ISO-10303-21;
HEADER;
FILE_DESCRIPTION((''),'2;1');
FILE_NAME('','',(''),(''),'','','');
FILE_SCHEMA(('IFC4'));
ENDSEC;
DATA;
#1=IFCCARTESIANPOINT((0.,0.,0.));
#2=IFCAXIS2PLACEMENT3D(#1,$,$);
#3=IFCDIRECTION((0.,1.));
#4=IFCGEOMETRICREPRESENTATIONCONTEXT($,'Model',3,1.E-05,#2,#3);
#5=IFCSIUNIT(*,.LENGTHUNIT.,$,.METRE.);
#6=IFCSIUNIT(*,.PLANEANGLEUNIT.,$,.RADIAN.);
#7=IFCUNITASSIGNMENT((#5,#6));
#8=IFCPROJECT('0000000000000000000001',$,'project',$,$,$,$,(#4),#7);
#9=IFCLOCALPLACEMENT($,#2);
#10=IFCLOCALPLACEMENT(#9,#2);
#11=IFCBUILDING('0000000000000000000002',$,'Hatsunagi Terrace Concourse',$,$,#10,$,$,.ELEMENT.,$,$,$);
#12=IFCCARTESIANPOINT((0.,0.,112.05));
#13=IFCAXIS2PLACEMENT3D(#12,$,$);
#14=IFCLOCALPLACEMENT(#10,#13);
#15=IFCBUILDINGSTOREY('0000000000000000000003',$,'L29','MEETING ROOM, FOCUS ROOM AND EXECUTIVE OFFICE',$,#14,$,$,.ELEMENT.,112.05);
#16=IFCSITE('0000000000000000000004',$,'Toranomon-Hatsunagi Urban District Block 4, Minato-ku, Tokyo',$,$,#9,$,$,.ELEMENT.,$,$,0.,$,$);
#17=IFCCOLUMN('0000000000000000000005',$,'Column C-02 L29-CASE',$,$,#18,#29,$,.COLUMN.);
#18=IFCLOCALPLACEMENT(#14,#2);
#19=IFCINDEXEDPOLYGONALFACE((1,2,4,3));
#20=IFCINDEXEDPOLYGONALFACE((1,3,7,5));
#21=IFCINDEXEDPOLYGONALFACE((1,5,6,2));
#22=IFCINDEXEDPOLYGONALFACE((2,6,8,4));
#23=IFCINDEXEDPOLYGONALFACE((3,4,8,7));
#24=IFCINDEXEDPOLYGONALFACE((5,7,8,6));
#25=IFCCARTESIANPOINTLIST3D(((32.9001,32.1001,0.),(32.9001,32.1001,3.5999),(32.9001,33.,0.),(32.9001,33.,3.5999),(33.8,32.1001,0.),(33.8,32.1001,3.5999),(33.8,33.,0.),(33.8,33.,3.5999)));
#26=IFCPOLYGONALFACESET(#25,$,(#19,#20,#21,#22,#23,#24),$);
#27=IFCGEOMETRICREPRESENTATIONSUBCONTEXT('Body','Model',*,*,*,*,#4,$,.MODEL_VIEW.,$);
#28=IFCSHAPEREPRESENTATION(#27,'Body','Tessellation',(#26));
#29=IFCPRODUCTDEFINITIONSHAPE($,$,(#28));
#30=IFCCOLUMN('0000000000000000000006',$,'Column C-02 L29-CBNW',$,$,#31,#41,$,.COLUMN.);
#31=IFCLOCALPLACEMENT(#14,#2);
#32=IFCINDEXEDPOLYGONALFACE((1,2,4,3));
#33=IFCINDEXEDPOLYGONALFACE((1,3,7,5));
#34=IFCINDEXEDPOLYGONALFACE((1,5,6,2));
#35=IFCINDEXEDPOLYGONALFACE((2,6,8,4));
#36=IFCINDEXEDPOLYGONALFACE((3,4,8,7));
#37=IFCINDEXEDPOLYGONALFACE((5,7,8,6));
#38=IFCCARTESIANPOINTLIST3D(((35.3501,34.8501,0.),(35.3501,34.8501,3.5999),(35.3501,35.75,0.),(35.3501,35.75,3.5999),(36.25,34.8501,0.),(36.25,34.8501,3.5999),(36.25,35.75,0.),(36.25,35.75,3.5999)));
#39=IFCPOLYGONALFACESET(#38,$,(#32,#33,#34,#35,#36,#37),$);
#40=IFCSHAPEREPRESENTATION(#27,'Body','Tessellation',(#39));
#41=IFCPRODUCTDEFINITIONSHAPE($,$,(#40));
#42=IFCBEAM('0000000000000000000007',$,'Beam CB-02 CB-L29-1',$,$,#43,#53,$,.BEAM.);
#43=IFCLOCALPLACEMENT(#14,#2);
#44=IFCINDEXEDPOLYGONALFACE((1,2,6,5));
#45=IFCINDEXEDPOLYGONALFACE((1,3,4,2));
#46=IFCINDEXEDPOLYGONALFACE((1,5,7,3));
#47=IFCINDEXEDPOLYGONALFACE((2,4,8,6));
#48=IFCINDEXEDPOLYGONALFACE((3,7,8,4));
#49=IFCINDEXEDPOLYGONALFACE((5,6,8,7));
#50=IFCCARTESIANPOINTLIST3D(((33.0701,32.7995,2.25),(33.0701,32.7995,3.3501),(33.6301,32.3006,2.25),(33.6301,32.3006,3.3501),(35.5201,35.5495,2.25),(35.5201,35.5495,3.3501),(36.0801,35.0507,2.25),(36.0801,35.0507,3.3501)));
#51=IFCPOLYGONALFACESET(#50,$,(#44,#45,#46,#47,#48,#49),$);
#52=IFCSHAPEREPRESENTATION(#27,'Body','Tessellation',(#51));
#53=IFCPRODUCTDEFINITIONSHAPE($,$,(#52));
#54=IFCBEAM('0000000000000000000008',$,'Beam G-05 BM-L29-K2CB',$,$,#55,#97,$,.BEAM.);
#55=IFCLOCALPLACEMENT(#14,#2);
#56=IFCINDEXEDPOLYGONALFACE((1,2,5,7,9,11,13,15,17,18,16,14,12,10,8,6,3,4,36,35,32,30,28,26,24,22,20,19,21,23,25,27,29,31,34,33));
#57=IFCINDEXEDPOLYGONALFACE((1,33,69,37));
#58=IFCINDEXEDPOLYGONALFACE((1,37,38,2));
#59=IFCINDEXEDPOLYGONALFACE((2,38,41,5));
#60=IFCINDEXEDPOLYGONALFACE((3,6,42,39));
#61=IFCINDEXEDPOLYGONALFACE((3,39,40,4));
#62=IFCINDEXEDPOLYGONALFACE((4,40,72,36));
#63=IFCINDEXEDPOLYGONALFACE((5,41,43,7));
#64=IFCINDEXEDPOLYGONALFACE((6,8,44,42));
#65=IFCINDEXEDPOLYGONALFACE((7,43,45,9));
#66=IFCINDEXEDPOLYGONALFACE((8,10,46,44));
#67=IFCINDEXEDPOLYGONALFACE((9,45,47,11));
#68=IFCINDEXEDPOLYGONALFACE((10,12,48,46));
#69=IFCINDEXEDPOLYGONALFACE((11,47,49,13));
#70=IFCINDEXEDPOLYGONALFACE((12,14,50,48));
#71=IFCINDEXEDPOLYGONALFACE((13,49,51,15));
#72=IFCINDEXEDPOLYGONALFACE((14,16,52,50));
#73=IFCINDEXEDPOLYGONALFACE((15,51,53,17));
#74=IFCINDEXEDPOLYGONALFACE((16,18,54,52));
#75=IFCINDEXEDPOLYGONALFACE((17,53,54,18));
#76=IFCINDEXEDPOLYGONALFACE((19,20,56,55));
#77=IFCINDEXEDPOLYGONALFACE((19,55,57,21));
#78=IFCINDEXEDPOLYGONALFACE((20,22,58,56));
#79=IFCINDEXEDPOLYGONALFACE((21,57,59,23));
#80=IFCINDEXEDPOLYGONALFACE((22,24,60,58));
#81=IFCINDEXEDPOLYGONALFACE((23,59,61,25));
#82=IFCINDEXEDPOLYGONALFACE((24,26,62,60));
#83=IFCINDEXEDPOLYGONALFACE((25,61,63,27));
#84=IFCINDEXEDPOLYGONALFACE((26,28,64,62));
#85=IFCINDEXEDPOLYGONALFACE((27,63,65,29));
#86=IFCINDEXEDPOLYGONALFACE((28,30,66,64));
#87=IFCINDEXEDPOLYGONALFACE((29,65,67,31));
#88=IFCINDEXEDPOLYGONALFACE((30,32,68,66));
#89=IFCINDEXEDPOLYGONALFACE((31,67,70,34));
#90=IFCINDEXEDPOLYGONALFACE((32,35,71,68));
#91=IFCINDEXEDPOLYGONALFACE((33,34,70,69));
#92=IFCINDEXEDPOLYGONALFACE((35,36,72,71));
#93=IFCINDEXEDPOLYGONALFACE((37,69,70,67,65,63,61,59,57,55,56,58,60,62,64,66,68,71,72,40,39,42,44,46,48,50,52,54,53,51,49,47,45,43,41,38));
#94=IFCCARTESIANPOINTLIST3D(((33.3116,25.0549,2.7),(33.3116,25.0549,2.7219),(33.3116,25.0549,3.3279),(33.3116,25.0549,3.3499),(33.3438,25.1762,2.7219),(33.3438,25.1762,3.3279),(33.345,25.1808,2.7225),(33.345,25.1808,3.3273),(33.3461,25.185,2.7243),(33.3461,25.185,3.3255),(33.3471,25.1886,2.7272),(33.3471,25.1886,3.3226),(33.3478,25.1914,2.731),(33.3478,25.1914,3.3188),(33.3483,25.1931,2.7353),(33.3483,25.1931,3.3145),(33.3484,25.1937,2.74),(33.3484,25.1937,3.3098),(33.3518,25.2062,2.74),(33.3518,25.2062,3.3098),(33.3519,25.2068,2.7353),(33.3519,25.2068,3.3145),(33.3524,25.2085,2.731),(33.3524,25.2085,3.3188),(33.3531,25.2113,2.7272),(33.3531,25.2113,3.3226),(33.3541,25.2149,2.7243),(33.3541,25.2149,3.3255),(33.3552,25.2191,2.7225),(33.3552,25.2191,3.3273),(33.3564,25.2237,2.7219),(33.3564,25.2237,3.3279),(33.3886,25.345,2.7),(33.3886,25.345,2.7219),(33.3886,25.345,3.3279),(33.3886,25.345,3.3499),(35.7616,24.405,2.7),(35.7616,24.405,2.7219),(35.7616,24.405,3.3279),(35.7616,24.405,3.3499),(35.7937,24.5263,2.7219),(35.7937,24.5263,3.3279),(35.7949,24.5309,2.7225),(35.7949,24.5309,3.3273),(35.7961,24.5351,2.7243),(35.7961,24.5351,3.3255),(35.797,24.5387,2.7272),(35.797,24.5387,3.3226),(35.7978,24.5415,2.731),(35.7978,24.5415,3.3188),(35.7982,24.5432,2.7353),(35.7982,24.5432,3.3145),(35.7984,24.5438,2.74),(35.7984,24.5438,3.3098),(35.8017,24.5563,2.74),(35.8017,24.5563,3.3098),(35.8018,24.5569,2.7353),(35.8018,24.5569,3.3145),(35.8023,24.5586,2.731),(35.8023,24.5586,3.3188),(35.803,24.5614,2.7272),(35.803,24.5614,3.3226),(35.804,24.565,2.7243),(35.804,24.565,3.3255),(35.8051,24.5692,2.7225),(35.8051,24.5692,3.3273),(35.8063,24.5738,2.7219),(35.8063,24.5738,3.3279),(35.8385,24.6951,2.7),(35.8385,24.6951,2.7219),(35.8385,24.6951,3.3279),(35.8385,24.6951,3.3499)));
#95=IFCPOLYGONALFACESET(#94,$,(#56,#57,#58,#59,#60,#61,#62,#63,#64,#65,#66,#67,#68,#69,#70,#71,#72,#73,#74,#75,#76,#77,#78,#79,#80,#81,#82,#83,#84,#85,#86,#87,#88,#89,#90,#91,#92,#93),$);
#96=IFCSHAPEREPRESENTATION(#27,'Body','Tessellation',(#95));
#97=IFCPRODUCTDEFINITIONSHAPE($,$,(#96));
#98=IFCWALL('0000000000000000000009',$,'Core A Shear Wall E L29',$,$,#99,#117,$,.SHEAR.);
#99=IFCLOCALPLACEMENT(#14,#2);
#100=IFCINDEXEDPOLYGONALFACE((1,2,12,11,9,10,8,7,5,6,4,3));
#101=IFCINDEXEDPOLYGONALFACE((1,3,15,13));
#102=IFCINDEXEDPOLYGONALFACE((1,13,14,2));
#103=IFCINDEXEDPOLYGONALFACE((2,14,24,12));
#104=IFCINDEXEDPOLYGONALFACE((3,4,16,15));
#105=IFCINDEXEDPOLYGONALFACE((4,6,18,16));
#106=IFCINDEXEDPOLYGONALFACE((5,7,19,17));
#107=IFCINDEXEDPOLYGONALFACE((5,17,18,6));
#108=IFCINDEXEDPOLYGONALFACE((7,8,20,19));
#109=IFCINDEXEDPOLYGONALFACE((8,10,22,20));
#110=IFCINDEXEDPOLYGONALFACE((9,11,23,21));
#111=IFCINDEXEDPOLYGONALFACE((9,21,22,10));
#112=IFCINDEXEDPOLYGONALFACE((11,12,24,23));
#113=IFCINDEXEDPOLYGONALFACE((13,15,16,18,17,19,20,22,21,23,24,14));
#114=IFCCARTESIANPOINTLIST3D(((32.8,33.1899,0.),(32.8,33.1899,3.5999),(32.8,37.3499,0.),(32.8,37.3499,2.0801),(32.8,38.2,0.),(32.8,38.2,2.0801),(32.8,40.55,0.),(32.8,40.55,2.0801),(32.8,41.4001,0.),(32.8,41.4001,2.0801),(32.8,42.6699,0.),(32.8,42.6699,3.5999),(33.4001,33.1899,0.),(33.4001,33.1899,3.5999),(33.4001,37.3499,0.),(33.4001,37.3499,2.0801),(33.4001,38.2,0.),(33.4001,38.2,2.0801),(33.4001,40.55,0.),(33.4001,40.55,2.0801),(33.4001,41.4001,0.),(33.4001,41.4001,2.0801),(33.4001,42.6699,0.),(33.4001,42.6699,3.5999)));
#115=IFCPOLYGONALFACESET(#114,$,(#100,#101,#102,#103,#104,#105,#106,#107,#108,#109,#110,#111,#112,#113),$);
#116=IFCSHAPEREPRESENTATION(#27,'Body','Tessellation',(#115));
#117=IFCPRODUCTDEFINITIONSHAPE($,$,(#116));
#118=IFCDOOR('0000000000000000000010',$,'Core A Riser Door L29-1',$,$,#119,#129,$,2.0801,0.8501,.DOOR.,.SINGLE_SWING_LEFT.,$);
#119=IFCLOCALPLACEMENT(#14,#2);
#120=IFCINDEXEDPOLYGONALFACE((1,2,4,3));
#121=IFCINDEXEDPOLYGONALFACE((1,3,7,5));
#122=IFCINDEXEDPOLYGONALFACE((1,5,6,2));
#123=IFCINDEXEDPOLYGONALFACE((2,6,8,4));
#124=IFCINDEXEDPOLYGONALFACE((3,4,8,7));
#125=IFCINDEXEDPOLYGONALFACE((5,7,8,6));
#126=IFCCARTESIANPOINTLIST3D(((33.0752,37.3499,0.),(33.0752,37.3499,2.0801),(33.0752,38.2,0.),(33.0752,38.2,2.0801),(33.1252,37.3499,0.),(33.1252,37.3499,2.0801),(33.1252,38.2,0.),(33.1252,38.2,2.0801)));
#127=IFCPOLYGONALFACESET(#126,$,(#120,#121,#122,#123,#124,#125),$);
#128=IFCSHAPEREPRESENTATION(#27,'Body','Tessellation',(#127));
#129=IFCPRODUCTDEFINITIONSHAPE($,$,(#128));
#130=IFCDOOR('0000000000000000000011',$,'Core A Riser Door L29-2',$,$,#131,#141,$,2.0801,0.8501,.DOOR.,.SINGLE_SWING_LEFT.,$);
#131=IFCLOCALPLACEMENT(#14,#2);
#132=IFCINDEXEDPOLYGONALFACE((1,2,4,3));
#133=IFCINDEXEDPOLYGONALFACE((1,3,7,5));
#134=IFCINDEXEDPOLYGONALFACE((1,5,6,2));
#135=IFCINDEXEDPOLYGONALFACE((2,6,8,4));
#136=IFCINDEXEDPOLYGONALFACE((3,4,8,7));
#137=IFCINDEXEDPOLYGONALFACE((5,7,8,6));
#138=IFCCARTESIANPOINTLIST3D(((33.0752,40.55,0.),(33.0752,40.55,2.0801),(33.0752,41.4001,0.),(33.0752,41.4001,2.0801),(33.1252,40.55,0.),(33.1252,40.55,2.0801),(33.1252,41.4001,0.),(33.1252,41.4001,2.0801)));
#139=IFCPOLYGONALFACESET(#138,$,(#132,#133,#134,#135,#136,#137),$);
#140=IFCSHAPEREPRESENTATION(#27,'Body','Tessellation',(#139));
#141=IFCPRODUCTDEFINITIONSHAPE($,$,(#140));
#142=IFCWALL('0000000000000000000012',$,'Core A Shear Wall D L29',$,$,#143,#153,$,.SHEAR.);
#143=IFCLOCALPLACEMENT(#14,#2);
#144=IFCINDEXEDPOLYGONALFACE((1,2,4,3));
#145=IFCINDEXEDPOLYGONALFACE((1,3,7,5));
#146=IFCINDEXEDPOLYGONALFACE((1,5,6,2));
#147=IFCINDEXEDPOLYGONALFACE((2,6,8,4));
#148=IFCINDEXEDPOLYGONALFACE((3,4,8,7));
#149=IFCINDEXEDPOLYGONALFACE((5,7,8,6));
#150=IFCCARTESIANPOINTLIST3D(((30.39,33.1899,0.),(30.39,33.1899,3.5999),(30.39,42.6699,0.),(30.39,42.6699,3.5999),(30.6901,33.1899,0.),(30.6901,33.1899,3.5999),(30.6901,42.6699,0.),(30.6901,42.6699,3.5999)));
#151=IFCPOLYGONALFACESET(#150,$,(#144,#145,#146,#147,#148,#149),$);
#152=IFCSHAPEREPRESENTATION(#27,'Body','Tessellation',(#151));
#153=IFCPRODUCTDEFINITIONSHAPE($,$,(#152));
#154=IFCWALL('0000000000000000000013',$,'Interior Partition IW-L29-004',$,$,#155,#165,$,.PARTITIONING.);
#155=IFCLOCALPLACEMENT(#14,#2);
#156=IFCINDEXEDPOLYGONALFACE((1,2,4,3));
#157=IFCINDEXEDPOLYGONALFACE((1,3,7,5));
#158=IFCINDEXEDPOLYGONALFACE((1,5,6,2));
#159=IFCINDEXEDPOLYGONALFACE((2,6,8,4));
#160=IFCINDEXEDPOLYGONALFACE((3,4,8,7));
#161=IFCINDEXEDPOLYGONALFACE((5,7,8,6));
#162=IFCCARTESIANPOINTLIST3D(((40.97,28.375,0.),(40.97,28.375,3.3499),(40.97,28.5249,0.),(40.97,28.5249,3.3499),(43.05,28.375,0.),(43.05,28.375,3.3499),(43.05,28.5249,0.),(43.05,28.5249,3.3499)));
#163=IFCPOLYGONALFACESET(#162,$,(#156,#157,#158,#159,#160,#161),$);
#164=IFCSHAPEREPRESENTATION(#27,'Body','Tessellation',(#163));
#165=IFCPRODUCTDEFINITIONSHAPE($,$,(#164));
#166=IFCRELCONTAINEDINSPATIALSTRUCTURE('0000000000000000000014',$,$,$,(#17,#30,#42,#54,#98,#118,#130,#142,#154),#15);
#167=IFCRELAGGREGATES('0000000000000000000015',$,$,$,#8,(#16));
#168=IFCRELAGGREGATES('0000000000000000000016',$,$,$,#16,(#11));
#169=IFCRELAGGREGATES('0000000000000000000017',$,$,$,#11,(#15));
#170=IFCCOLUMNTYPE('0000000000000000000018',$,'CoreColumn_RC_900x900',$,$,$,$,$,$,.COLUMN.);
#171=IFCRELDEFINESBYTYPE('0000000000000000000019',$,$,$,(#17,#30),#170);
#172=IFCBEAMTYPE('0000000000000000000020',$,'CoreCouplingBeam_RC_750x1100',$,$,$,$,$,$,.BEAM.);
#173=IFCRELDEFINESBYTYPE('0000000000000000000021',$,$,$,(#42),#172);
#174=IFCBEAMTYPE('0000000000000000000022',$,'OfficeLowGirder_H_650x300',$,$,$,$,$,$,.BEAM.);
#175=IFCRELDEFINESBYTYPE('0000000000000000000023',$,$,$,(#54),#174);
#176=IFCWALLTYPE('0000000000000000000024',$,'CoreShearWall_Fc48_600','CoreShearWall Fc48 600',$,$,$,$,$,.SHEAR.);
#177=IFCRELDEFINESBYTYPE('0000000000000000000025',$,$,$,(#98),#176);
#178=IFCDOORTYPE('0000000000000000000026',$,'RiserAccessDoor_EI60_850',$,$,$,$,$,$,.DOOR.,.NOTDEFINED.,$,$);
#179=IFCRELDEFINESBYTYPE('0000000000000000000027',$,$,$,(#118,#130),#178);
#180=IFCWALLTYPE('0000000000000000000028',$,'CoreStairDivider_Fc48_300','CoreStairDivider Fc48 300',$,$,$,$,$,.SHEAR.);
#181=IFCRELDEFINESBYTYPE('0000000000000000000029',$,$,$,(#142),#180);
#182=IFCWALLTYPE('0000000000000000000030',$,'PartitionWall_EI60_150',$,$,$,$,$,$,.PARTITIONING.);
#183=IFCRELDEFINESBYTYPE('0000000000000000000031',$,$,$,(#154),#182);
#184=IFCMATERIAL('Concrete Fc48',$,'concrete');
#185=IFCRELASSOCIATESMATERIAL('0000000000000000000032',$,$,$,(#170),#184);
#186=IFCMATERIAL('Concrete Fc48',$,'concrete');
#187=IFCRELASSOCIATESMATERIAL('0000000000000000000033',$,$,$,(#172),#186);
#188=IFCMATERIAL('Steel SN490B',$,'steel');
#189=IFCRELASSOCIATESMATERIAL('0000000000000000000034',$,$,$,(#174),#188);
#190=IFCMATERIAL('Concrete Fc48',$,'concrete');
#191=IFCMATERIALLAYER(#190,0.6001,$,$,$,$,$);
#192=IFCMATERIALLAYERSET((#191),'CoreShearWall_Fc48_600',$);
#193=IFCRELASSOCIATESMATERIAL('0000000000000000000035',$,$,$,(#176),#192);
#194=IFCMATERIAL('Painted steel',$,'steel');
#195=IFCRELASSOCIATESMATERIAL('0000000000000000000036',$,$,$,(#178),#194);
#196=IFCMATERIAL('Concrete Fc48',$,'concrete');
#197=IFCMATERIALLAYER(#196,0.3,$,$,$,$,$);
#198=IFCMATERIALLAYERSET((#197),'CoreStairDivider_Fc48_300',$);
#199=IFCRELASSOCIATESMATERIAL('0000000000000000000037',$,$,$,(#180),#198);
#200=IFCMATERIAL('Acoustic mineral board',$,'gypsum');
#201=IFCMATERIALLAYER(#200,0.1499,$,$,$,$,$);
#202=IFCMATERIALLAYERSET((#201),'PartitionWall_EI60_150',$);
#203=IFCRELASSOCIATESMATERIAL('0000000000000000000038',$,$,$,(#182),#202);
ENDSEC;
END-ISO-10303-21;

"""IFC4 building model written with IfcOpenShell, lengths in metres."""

from ifc_helpers import new_model, si_unit, direction, frame, frame_2d, origin, origin_2d, place, context, subcontext, project, spatial, rectangle, i_section, extrude, material, layer, layer_set, material_profile, profile_set, type_object, element, fill, save


model = new_model("IFC4")

# Units and contexts
model_context = context("Model", 3, precision=1e-05, world=origin(), true_north=direction((0.0, 1.0)))
body_context = subcontext(model_context, "Body", "Model", "MODEL_VIEW")
ifc_project = project(units=[si_unit("LENGTHUNIT", "METRE"), si_unit("PLANEANGLEUNIT", "RADIAN")], contexts=[model_context])

# Site, building, storey
site_placement = place(None, origin())
site = spatial("IfcSite", under=ifc_project, at=site_placement, Name="Toranomon-Hatsunagi Urban District Block 4, Minato-ku, Tokyo", CompositionType="ELEMENT", RefElevation=0.0)
building_placement = place(site_placement, origin())
building = spatial("IfcBuilding", under=site, at=building_placement, Name="Hatsunagi Terrace Concourse", CompositionType="ELEMENT")
storey_placement = place(building_placement, frame((0.0, 0.0, 112.05)))
storey = spatial("IfcBuildingStorey", under=building, at=storey_placement, Name="L29", Description="MEETING ROOM, FOCUS ROOM AND EXECUTIVE OFFICE", CompositionType="ELEMENT", Elevation=112.05)

# Columns
ifc_material_1 = material(Name="Concrete Fc48", Category="concrete")
ifc_material_profile_1 = material_profile(ifc_material_1, rectangle(XDim=0.8999, YDim=0.8999, at=origin_2d()), Name="RC-900x900")
ifc_profile_set_1 = profile_set([ifc_material_profile_1], Name="Concrete Fc48")
column_type = type_object("IfcColumnType", Name="CoreColumn_RC_900x900", PredefinedType="COLUMN", material=ifc_profile_set_1)
for number, where, z_axis, x_axis, name in (
    (1, (33.3501, 32.55, 0.0), (0.0, 0.0, 1.0), (1.0, 0.0, 0.0), "Column C-02 L29-CASE"),
    (2, (35.8, 35.3, 0.0), (0.0, 0.0, 1.0), (1.0, 0.0, 0.0), "Column C-02 L29-CBNW"),
):
    element("IfcColumn", number, at=place(storey_placement, frame(where, z_axis=z_axis, x_axis=x_axis)), inside=storey, type_object=column_type, Name=name, PredefinedType="COLUMN", context=body_context, shape_type="SweptSolid", body=[
        extrude(rectangle(XDim=0.8999, YDim=0.8999, at=origin_2d()), origin(), (0.0, 0.0, 1.0), 3.5999),
    ])

# Beams
ifc_material_2 = material(Name="Concrete Fc48", Category="concrete")
ifc_material_profile_2 = material_profile(ifc_material_2, rectangle(XDim=0.75, YDim=1.1001, at=origin_2d()), Name="RC-750x1100")
ifc_profile_set_2 = profile_set([ifc_material_profile_2], Name="Concrete Fc48")
beam_type_1 = type_object("IfcBeamType", Name="CoreCouplingBeam_RC_750x1100", PredefinedType="BEAM", material=ifc_profile_set_2)
beam_1_placement = place(storey_placement, frame((33.3501, 32.55, 2.8), z_axis=(0.665199, 0.746666, 0.0), x_axis=(-0.746666, 0.665199, 0.0)))
element("IfcBeam", 3, at=beam_1_placement, inside=storey, type_object=beam_type_1, Name="Beam CB-02 CB-L29-1", PredefinedType="BEAM", context=body_context, shape_type="SweptSolid", body=[
    extrude(rectangle(XDim=0.75, YDim=1.1001, at=origin_2d()), origin(), (0.0, 0.0, 1.0), 3.6831),
])
ifc_material_3 = material(Name="Steel SN490B", Category="steel")
ifc_material_profile_3 = material_profile(ifc_material_3, i_section(OverallWidth=0.3, OverallDepth=0.6499, WebThickness=0.0129, FlangeThickness=0.022, FilletRadius=0.0181, at=origin_2d()), Name="H-650x300x13x22")
ifc_profile_set_3 = profile_set([ifc_material_profile_3], Name="Steel SN490B")
beam_type_2 = type_object("IfcBeamType", Name="OfficeLowGirder_H_650x300", PredefinedType="BEAM", material=ifc_profile_set_3)
beam_2_placement = place(storey_placement, frame((33.3501, 25.2, 3.0249), z_axis=(0.96657, -0.256403, 0.0), x_axis=(0.256403, 0.96657, 0.0)))
element("IfcBeam", 4, at=beam_2_placement, inside=storey, type_object=beam_type_2, Name="Beam G-05 BM-L29-K2CB", PredefinedType="BEAM", context=body_context, shape_type="SweptSolid", body=[
    extrude(i_section(OverallWidth=0.3, OverallDepth=0.6499, WebThickness=0.0129, FlangeThickness=0.022, FilletRadius=0.0181, at=origin_2d()), origin(), (0.0, 0.0, 1.0), 2.5347),
])

# Wall, openings, doors
ifc_material_4 = material(Name="Concrete Fc48", Category="concrete")
ifc_layer_1 = layer(ifc_material_4, 0.6001)
ifc_layer_set_1 = layer_set([ifc_layer_1], Name="CoreShearWall_Fc48_600")
wall_type_1 = type_object("IfcWallType", Name="CoreShearWall_Fc48_600", Description="CoreShearWall Fc48 600", PredefinedType="SHEAR", material=ifc_layer_set_1)
wall_1_placement = place(storey_placement, frame((33.1001, 33.1899, 0.0), z_axis=(0.0, 0.0, 1.0), x_axis=(0.0, 1.0, 0.0)))
wall_1 = element("IfcWall", 5, at=wall_1_placement, inside=storey, type_object=wall_type_1, Name="Core A Shear Wall E L29", PredefinedType="SHEAR", context=body_context, shape_type="SweptSolid", body=[
    extrude(rectangle(XDim=9.48, YDim=0.6001, at=frame_2d((4.74, 0.0))), origin(), (0.0, 0.0, 1.0), 3.5999),
])
opening_1_placement = place(wall_1_placement, frame((4.1599, 0.0, 0.0)))
opening_1 = element("IfcOpeningElement", 6, at=opening_1_placement, cuts=wall_1, PredefinedType="OPENING", context=body_context, shape_type="SweptSolid", body=[
    extrude(rectangle(XDim=0.8501, YDim=2.0801, at=frame_2d((0.425, 1.04))), frame((0.0, 0.3101, 0.0), z_axis=(0.0, -1.0, 0.0), x_axis=(1.0, 0.0, 0.0)), (0.0, 0.0, 1.0), 0.6201),
])
opening_2_placement = place(wall_1_placement, frame((7.3601, 0.0, 0.0)))
opening_2 = element("IfcOpeningElement", 7, at=opening_2_placement, cuts=wall_1, PredefinedType="OPENING", context=body_context, shape_type="SweptSolid", body=[
    extrude(rectangle(XDim=0.8501, YDim=2.0801, at=frame_2d((0.425, 1.04))), frame((0.0, 0.3101, 0.0), z_axis=(0.0, -1.0, 0.0), x_axis=(1.0, 0.0, 0.0)), (0.0, 0.0, 1.0), 0.6201),
])
ifc_material_5 = material(Name="Painted steel", Category="steel")
door_type_1 = type_object("IfcDoorType", Name="RiserAccessDoor_EI60_850", OperationType="NOTDEFINED", PredefinedType="DOOR", material=ifc_material_5)
door_1_placement = place(opening_1_placement, origin())
door_1 = element("IfcDoor", 8, at=door_1_placement, inside=storey, type_object=door_type_1, Name="Core A Riser Door L29-1", OperationType="SINGLE_SWING_LEFT", OverallHeight=2.0801, OverallWidth=0.8501, PredefinedType="DOOR", context=body_context, shape_type="SweptSolid", body=[
    extrude(rectangle(XDim=0.8501, YDim=2.0801, at=frame_2d((0.425, 1.04))), frame((0.0, 0.0249, 0.0), z_axis=(0.0, -1.0, 0.0), x_axis=(1.0, 0.0, 0.0)), (0.0, 0.0, 1.0), 0.05),
])
fill(opening_1, door_1)
door_2_placement = place(opening_2_placement, origin())
door_2 = element("IfcDoor", 9, at=door_2_placement, inside=storey, type_object=door_type_1, Name="Core A Riser Door L29-2", OperationType="SINGLE_SWING_LEFT", OverallHeight=2.0801, OverallWidth=0.8501, PredefinedType="DOOR", context=body_context, shape_type="SweptSolid", body=[
    extrude(rectangle(XDim=0.8501, YDim=2.0801, at=frame_2d((0.425, 1.04))), frame((0.0, 0.0249, 0.0), z_axis=(0.0, -1.0, 0.0), x_axis=(1.0, 0.0, 0.0)), (0.0, 0.0, 1.0), 0.05),
])
fill(opening_2, door_2)

# Walls
ifc_material_6 = material(Name="Concrete Fc48", Category="concrete")
ifc_layer_2 = layer(ifc_material_6, 0.3)
ifc_layer_set_2 = layer_set([ifc_layer_2], Name="CoreStairDivider_Fc48_300")
wall_type_2 = type_object("IfcWallType", Name="CoreStairDivider_Fc48_300", Description="CoreStairDivider Fc48 300", PredefinedType="SHEAR", material=ifc_layer_set_2)
wall_2_placement = place(storey_placement, frame((30.54, 33.1899, 0.0), z_axis=(0.0, 0.0, 1.0), x_axis=(0.0, 1.0, 0.0)))
element("IfcWall", 10, at=wall_2_placement, inside=storey, type_object=wall_type_2, Name="Core A Shear Wall D L29", PredefinedType="SHEAR", context=body_context, shape_type="SweptSolid", body=[
    extrude(rectangle(XDim=9.48, YDim=0.3, at=frame_2d((4.74, 0.0))), origin(), (0.0, 0.0, 1.0), 3.5999),
])
ifc_material_7 = material(Name="Acoustic mineral board", Category="gypsum")
ifc_layer_3 = layer(ifc_material_7, 0.1499)
ifc_layer_set_3 = layer_set([ifc_layer_3], Name="PartitionWall_EI60_150")
wall_type_3 = type_object("IfcWallType", Name="PartitionWall_EI60_150", PredefinedType="PARTITIONING", material=ifc_layer_set_3)
wall_3_placement = place(storey_placement, frame((40.97, 28.45, 0.0), z_axis=(0.0, 0.0, 1.0), x_axis=(1.0, 0.0, 0.0)))
element("IfcWall", 11, at=wall_3_placement, inside=storey, type_object=wall_type_3, Name="Interior Partition IW-L29-004", PredefinedType="PARTITIONING", context=body_context, shape_type="SweptSolid", body=[
    extrude(rectangle(XDim=2.0801, YDim=0.1499, at=frame_2d((1.04, 0.0))), origin(), (0.0, 0.0, 1.0), 3.3499),
])

save(model, "model.ifc")
